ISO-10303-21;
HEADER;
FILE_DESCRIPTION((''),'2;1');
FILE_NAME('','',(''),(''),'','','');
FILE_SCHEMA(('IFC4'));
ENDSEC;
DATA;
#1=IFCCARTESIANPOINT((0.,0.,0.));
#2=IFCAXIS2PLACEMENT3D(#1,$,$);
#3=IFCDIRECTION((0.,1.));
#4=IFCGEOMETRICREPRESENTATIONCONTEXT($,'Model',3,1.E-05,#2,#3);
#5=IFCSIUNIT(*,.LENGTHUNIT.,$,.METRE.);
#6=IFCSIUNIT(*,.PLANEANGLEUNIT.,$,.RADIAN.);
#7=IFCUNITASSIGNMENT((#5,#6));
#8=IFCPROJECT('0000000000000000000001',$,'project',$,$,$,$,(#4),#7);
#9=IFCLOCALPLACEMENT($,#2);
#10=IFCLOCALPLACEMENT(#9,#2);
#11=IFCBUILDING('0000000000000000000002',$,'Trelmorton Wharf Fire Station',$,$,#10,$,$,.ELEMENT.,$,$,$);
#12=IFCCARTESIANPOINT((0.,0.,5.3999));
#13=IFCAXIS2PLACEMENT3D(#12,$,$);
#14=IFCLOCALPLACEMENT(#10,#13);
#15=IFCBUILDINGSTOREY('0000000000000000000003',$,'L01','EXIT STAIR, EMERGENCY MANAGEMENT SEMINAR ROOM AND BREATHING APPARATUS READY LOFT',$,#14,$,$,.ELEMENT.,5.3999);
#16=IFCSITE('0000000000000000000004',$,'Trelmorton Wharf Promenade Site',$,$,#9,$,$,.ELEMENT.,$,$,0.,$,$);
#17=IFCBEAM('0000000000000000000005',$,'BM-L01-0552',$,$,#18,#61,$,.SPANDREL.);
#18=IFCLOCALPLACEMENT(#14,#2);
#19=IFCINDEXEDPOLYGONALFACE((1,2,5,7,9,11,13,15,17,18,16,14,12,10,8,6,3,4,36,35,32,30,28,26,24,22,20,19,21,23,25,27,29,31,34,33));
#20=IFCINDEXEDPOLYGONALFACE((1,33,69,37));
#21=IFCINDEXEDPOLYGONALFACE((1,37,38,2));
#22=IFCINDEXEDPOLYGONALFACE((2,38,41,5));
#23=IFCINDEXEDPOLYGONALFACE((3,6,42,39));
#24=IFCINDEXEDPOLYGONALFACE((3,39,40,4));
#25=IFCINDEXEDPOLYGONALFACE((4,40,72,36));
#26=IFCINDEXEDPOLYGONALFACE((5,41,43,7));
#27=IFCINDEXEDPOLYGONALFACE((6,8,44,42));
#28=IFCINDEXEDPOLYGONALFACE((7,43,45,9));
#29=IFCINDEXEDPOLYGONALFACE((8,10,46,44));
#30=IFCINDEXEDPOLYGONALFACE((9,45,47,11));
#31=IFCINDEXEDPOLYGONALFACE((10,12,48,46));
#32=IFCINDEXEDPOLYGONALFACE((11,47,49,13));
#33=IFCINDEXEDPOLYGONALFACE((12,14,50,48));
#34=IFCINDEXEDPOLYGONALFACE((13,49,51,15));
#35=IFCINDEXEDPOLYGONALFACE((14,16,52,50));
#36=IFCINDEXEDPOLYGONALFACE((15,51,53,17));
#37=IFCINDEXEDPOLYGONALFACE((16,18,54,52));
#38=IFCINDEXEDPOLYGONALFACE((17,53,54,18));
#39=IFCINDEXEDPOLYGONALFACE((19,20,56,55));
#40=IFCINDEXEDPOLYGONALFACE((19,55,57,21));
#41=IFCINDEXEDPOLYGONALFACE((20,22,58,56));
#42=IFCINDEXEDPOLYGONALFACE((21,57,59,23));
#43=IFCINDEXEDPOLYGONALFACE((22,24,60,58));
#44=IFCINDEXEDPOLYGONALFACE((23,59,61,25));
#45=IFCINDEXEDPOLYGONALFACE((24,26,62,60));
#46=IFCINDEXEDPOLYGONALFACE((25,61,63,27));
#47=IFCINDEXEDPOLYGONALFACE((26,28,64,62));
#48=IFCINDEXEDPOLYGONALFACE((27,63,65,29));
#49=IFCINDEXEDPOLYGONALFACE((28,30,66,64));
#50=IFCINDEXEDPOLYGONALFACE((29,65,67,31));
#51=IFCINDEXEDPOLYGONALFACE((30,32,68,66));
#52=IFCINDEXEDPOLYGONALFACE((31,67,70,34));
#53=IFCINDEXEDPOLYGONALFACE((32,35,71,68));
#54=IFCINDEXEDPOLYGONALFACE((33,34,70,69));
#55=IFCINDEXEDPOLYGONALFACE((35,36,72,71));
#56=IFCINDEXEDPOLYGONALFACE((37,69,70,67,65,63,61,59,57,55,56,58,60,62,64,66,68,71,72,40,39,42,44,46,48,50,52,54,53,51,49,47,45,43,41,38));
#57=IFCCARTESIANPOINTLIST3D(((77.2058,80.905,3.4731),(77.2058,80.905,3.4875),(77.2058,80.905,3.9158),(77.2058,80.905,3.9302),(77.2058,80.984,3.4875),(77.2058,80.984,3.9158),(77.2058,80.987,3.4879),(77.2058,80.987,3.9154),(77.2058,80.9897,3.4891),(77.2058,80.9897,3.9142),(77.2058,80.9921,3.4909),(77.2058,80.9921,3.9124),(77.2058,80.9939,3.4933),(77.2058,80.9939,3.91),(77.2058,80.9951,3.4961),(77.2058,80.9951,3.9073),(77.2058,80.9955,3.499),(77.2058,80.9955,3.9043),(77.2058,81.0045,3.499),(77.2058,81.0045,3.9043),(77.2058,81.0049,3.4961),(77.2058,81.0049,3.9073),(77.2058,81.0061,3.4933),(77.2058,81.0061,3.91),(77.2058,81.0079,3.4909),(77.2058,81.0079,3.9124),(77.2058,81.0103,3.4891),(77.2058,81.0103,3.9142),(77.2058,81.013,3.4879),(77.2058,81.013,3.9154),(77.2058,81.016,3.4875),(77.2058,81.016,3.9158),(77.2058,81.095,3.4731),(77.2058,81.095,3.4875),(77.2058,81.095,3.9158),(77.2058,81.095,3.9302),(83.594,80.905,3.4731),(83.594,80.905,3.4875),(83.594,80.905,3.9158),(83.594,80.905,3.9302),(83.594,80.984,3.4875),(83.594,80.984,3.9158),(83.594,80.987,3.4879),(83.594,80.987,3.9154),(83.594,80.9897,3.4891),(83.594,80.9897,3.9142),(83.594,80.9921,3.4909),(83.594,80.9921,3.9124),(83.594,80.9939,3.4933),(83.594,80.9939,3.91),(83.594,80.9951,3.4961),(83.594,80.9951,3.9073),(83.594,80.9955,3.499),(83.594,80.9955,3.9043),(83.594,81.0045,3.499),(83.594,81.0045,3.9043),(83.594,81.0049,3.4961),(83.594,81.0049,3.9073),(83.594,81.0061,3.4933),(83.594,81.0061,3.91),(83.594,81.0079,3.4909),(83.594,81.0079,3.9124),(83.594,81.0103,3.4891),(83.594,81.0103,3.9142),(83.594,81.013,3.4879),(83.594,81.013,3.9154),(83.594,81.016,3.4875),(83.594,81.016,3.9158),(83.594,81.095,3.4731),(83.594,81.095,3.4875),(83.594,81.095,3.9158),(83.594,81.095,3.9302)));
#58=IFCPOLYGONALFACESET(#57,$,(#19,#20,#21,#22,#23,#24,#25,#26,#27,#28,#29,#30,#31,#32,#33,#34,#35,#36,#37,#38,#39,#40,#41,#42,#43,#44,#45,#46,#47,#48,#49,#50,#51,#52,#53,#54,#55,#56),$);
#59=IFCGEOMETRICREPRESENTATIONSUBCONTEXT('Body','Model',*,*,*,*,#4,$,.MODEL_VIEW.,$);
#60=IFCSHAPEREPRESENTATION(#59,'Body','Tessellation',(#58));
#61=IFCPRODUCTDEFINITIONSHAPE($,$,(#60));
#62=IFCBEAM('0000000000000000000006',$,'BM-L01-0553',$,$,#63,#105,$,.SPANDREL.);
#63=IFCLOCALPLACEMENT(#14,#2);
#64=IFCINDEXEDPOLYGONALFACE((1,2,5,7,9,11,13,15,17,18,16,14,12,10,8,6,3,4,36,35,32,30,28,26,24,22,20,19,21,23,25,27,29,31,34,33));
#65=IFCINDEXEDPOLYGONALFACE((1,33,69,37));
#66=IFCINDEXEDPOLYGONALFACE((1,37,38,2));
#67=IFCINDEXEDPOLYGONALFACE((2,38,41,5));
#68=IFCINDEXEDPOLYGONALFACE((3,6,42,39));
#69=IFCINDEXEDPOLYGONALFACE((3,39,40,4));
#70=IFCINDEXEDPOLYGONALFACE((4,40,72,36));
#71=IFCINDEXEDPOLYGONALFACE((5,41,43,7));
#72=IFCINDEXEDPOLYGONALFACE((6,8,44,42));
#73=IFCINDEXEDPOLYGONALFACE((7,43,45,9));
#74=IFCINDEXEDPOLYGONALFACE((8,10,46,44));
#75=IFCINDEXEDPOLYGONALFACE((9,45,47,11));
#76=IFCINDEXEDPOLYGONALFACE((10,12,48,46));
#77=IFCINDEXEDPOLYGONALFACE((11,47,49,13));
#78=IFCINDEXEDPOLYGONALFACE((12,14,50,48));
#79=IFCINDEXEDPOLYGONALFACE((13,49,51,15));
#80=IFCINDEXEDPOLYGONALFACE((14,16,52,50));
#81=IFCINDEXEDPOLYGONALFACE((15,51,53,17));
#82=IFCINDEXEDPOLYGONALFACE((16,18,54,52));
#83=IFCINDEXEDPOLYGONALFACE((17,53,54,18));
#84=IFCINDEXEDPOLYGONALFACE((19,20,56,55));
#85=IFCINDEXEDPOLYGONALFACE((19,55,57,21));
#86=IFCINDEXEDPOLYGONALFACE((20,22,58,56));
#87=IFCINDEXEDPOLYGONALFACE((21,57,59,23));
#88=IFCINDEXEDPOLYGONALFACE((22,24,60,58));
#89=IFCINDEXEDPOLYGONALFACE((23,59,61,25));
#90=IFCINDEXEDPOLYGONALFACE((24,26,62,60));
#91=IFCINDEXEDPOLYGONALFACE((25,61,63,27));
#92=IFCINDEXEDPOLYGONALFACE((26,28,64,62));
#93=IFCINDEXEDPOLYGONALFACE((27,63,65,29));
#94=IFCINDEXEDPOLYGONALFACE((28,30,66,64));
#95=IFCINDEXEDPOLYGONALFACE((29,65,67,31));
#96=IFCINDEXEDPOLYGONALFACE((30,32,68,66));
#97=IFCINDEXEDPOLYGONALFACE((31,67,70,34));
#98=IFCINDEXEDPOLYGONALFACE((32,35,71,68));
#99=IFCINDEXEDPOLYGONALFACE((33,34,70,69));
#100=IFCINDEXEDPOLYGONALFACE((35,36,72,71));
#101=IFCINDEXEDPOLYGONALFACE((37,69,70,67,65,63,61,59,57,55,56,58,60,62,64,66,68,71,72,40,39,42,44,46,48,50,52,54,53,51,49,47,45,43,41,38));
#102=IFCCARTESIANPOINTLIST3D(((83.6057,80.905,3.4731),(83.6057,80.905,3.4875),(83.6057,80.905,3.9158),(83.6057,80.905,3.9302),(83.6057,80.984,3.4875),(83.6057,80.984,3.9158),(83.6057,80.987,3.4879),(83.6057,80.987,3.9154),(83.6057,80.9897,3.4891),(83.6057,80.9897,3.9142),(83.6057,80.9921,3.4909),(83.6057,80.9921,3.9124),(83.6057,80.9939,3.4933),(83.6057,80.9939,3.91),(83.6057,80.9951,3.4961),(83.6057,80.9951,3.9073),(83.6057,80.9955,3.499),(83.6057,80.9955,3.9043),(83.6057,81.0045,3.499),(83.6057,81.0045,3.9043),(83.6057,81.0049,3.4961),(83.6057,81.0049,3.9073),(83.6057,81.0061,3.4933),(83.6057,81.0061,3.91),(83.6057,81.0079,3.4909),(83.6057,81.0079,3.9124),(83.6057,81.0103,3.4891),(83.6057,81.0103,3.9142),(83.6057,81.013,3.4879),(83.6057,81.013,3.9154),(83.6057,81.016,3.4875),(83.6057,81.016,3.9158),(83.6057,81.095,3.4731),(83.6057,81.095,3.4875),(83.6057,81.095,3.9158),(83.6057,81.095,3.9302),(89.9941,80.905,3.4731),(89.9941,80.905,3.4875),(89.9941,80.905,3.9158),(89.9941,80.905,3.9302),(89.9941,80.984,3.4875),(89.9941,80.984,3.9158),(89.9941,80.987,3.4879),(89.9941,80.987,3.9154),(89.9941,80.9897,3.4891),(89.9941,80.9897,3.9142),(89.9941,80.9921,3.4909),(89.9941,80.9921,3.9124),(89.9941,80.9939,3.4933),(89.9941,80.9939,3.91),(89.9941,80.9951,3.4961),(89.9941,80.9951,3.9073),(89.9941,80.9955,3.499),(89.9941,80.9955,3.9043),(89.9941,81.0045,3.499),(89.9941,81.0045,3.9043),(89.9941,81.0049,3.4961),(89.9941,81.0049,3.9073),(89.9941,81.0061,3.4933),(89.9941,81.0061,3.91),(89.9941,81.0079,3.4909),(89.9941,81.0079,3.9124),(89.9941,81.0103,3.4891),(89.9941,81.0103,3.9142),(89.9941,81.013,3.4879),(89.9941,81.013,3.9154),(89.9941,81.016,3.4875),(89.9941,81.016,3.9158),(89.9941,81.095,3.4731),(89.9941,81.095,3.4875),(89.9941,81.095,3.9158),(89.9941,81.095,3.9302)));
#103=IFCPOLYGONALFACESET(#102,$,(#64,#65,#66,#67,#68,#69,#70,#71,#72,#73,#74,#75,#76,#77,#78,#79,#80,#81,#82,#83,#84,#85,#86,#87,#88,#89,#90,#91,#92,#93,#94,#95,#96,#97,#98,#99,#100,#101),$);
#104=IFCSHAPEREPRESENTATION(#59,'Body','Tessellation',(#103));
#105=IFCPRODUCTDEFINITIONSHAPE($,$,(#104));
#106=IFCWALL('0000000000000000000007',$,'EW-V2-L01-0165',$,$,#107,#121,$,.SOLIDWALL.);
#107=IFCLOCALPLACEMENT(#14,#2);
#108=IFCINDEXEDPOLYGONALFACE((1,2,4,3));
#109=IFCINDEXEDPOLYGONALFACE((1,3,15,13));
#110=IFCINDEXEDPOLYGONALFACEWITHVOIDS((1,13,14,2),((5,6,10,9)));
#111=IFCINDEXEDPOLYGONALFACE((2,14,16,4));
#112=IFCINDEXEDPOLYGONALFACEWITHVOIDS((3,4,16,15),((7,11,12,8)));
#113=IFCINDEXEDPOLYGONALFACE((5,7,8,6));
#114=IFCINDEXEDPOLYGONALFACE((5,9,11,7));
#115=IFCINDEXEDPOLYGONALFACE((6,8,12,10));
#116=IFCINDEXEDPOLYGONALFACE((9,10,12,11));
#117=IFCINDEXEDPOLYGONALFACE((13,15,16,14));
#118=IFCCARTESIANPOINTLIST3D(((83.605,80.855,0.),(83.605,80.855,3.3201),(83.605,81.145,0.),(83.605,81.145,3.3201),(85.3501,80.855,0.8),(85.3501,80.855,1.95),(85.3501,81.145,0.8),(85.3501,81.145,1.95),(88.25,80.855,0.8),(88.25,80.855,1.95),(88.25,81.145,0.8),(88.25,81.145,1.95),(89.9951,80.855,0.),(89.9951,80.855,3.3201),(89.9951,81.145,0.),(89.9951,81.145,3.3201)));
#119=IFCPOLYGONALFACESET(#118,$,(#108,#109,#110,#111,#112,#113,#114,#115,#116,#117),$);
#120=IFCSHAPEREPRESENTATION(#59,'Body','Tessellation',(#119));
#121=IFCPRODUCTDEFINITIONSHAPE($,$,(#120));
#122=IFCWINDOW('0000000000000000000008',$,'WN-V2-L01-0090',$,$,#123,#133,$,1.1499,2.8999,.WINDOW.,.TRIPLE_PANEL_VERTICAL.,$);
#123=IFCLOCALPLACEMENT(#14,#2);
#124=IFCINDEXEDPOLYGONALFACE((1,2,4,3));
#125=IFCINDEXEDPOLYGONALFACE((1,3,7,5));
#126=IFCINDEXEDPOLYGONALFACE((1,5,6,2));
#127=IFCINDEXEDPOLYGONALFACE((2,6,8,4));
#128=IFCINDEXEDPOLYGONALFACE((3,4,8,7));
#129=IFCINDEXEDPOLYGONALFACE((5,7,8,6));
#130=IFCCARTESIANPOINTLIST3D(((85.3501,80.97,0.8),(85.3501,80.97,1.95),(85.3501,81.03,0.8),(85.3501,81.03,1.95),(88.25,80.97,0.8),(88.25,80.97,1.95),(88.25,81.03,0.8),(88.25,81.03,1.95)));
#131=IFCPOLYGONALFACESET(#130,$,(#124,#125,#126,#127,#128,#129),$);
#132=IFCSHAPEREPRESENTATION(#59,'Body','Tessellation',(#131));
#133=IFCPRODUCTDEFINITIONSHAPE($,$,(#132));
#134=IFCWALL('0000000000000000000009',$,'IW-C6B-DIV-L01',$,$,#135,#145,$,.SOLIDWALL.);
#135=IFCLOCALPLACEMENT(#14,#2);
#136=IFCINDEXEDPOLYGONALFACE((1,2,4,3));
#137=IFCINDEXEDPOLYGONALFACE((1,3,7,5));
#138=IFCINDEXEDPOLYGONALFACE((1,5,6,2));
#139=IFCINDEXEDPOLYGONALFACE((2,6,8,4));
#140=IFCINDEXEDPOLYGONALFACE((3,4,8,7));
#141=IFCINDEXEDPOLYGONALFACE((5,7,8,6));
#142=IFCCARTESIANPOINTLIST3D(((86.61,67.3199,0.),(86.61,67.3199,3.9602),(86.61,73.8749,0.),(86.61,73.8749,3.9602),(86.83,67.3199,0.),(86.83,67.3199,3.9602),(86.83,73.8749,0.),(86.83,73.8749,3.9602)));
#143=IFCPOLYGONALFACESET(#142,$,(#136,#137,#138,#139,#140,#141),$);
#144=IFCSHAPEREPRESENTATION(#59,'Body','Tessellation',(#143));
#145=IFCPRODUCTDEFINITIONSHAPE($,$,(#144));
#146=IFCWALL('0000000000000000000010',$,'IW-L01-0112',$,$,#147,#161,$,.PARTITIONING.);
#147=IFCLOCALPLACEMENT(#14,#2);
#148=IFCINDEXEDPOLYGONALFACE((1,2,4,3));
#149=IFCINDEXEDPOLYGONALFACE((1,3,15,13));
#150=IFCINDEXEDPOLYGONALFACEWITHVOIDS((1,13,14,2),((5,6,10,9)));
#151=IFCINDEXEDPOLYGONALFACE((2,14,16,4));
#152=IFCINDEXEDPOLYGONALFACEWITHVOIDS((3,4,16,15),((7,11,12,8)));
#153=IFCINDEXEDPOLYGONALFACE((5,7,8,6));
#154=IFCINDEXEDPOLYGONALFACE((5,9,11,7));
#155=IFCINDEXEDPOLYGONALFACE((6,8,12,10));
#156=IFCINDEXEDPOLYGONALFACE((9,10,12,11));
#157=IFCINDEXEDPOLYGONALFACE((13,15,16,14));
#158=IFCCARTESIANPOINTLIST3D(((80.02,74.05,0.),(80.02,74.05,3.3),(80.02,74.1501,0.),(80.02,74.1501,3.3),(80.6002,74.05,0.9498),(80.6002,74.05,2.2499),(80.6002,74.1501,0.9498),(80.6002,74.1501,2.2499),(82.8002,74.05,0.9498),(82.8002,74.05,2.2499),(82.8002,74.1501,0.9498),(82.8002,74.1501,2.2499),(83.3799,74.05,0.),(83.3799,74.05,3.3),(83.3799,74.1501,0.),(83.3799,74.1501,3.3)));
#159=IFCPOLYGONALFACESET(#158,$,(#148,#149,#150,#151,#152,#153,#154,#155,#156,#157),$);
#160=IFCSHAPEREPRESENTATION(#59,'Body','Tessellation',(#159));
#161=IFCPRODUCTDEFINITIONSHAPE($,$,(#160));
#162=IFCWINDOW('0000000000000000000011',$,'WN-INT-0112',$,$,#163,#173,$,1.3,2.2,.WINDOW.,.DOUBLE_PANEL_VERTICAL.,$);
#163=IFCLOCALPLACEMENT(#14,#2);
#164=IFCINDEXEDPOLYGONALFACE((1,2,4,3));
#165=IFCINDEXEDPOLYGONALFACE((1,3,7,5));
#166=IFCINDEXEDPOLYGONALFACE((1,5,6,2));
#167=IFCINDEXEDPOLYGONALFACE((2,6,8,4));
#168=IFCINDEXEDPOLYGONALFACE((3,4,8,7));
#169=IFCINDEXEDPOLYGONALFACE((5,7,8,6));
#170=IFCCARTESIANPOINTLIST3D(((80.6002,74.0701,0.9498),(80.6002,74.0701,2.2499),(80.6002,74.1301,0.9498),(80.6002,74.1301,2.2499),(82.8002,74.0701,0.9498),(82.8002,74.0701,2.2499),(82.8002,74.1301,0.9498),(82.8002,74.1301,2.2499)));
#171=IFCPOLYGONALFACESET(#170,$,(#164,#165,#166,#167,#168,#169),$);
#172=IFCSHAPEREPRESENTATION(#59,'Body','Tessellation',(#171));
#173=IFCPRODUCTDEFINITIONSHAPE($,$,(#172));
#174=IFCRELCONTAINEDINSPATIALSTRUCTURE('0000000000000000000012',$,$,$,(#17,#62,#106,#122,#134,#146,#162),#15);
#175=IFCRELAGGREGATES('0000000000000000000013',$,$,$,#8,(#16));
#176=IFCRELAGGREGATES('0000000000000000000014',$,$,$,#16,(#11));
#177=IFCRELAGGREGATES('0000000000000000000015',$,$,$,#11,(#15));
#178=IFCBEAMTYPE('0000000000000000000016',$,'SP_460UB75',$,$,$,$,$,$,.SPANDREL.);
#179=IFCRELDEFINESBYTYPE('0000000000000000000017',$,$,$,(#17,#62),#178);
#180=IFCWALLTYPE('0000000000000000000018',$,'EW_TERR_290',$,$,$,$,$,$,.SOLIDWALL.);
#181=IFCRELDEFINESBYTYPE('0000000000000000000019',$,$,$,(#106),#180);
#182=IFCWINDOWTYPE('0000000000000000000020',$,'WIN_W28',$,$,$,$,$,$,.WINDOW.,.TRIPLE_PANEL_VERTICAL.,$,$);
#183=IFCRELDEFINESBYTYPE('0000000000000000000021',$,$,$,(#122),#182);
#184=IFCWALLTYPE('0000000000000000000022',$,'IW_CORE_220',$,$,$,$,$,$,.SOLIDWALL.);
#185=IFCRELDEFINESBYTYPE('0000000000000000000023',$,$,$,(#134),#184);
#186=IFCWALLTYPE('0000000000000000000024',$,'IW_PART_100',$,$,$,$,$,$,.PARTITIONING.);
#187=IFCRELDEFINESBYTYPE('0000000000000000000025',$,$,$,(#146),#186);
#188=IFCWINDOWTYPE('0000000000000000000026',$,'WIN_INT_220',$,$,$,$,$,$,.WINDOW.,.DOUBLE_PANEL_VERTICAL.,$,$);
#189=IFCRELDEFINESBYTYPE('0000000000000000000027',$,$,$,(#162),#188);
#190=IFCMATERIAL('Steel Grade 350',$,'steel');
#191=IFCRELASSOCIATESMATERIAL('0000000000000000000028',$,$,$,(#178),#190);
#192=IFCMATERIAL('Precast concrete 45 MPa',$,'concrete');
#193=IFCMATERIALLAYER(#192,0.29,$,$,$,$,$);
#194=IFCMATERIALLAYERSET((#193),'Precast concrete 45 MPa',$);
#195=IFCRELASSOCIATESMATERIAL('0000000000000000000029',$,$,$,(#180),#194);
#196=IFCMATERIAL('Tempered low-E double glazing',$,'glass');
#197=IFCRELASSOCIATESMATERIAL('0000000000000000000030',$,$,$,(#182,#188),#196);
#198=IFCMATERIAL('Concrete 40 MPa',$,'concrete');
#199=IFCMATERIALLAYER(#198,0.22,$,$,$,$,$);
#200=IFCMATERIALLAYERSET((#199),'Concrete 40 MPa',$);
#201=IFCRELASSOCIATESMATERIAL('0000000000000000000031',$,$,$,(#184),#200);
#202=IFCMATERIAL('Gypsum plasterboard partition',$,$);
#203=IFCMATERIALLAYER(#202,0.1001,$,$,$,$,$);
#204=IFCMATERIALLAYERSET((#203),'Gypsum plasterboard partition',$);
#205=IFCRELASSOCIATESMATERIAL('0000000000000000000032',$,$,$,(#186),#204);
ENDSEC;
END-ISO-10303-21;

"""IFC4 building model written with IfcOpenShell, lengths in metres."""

from ifc_helpers import new_model, si_unit, direction, frame, frame_2d, origin, origin_2d, place, context, subcontext, project, spatial, rectangle, i_section, extrude, material, layer, layer_set, material_profile, profile_set, type_object, element, fill, save


model = new_model("IFC4")

# Units and contexts
model_context = context("Model", 3, precision=1e-05, world=origin(), true_north=direction((0.0, 1.0)))
body_context = subcontext(model_context, "Body", "Model", "MODEL_VIEW")
ifc_project = project(units=[si_unit("LENGTHUNIT", "METRE"), si_unit("PLANEANGLEUNIT", "RADIAN")], contexts=[model_context])

# Site, building, storey
site_placement = place(None, origin())
site = spatial("IfcSite", under=ifc_project, at=site_placement, Name="Trelmorton Wharf Promenade Site", CompositionType="ELEMENT", RefElevation=0.0)
building_placement = place(site_placement, origin())
building = spatial("IfcBuilding", under=site, at=building_placement, Name="Trelmorton Wharf Fire Station", CompositionType="ELEMENT")
storey_placement = place(building_placement, frame((0.0, 0.0, 5.3999)))
storey = spatial("IfcBuildingStorey", under=building, at=storey_placement, Name="L01", Description="EXIT STAIR, EMERGENCY MANAGEMENT SEMINAR ROOM AND BREATHING APPARATUS READY LOFT", CompositionType="ELEMENT", Elevation=5.3999)

# Shared definitions
ifc_material_1 = material(Name="Steel Grade 350", Category="steel")

# Beams
ifc_material_profile_1 = material_profile(ifc_material_1, i_section(OverallWidth=0.1899, OverallDepth=0.457, WebThickness=0.009, FlangeThickness=0.0144, FilletRadius=0.0115, at=origin_2d()), Name="460UB74.6")
ifc_profile_set_1 = profile_set([ifc_material_profile_1], Name="Steel Grade 350")
beam_type_1 = type_object("IfcBeamType", Name="SP_460UB75", PredefinedType="SPANDREL", material=ifc_profile_set_1)
beam_1_placement = place(storey_placement, frame((77.2058, 81.0, 3.7017), z_axis=(1.0, 0.0, 0.0), x_axis=(0.0, 1.0, 0.0)))
element("IfcBeam", 1, at=beam_1_placement, inside=storey, type_object=beam_type_1, Name="BM-L01-0552", PredefinedType="SPANDREL", context=body_context, shape_type="SweptSolid", body=[
    extrude(i_section(OverallWidth=0.1899, OverallDepth=0.457, WebThickness=0.009, FlangeThickness=0.0144, FilletRadius=0.0115, at=origin_2d()), origin(), (0.0, 0.0, 1.0), 6.3882),
])
beam_2_placement = place(storey_placement, frame((83.6057, 81.0, 3.7017), z_axis=(1.0, 0.0, 0.0), x_axis=(0.0, 1.0, 0.0)))
element("IfcBeam", 2, at=beam_2_placement, inside=storey, type_object=beam_type_1, Name="BM-L01-0553", PredefinedType="SPANDREL", context=body_context, shape_type="SweptSolid", body=[
    extrude(i_section(OverallWidth=0.1899, OverallDepth=0.457, WebThickness=0.009, FlangeThickness=0.0144, FilletRadius=0.0115, at=origin_2d()), origin(), (0.0, 0.0, 1.0), 6.3884),
])

# Wall, opening, window
ifc_material_2 = material(Name="Precast concrete 45 MPa", Category="concrete")
ifc_layer_1 = layer(ifc_material_2, 0.29)
ifc_layer_set_1 = layer_set([ifc_layer_1], Name="Precast concrete 45 MPa")
wall_type_1 = type_object("IfcWallType", Name="EW_TERR_290", PredefinedType="SOLIDWALL", material=ifc_layer_set_1)
wall_1_placement = place(storey_placement, frame((83.605, 81.0, 0.0), z_axis=(0.0, 0.0, 1.0), x_axis=(1.0, 0.0, 0.0)))
wall_1 = element("IfcWall", 3, at=wall_1_placement, inside=storey, type_object=wall_type_1, Name="EW-V2-L01-0165", PredefinedType="SOLIDWALL", context=body_context, shape_type="SweptSolid", body=[
    extrude(rectangle(XDim=6.3901, YDim=0.29, at=frame_2d((3.1951, 0.0))), origin(), (0.0, 0.0, 1.0), 3.3201),
])
opening_1_placement = place(wall_1_placement, frame((1.7451, 0.0, 0.8)))
opening_1 = element("IfcOpeningElement", 4, at=opening_1_placement, cuts=wall_1, PredefinedType="OPENING", context=body_context, shape_type="SweptSolid", body=[
    extrude(rectangle(XDim=2.8999, YDim=1.1499, at=frame_2d((1.45, 0.575))), frame((0.0, 0.155, 0.0), z_axis=(0.0, -1.0, 0.0), x_axis=(1.0, 0.0, 0.0)), (0.0, 0.0, 1.0), 0.3101),
])
ifc_material_3 = material(Name="Tempered low-E double glazing", Category="glass")
window_type_1 = type_object("IfcWindowType", Name="WIN_W28", PartitioningType="TRIPLE_PANEL_VERTICAL", PredefinedType="WINDOW", material=ifc_material_3)
window_1_placement = place(opening_1_placement, origin())
window_1 = element("IfcWindow", 5, at=window_1_placement, inside=storey, type_object=window_type_1, Name="WN-V2-L01-0090", OverallHeight=1.1499, OverallWidth=2.8999, PartitioningType="TRIPLE_PANEL_VERTICAL", PredefinedType="WINDOW", context=body_context, shape_type="SweptSolid", body=[
    extrude(rectangle(XDim=2.8999, YDim=1.1499, at=frame_2d((1.45, 0.575))), frame((0.0, 0.03, 0.0), z_axis=(0.0, -1.0, 0.0), x_axis=(1.0, 0.0, 0.0)), (0.0, 0.0, 1.0), 0.0601),
])
fill(opening_1, window_1)

# Wall
ifc_material_4 = material(Name="Concrete 40 MPa", Category="concrete")
ifc_layer_2 = layer(ifc_material_4, 0.22)
ifc_layer_set_2 = layer_set([ifc_layer_2], Name="Concrete 40 MPa")
wall_type_2 = type_object("IfcWallType", Name="IW_CORE_220", PredefinedType="SOLIDWALL", material=ifc_layer_set_2)
wall_2_placement = place(storey_placement, frame((86.72, 67.3201, 0.0), z_axis=(0.0, 0.0, 1.0), x_axis=(0.0, 1.0, 0.0)))
element("IfcWall", 6, at=wall_2_placement, inside=storey, type_object=wall_type_2, Name="IW-C6B-DIV-L01", PredefinedType="SOLIDWALL", context=body_context, shape_type="SweptSolid", body=[
    extrude(rectangle(XDim=6.5549, YDim=0.22, at=frame_2d((3.2773, 0.0))), origin(), (0.0, 0.0, 1.0), 3.9602),
])

# Wall, opening, window
ifc_material_5 = material(Name="Gypsum plasterboard partition")
ifc_layer_3 = layer(ifc_material_5, 0.1001)
ifc_layer_set_3 = layer_set([ifc_layer_3], Name="Gypsum plasterboard partition")
wall_type_3 = type_object("IfcWallType", Name="IW_PART_100", PredefinedType="PARTITIONING", material=ifc_layer_set_3)
wall_3_placement = place(storey_placement, frame((80.02, 74.1001, 0.0), z_axis=(0.0, 0.0, 1.0), x_axis=(1.0, 0.0, 0.0)))
wall_3 = element("IfcWall", 7, at=wall_3_placement, inside=storey, type_object=wall_type_3, Name="IW-L01-0112", PredefinedType="PARTITIONING", context=body_context, shape_type="SweptSolid", body=[
    extrude(rectangle(XDim=3.3599, YDim=0.1001, at=frame_2d((1.6799, 0.0))), origin(), (0.0, 0.0, 1.0), 3.3),
])
opening_2_placement = place(wall_3_placement, frame((0.5801, 0.0, 0.95)))
opening_2 = element("IfcOpeningElement", 8, at=opening_2_placement, cuts=wall_3, PredefinedType="OPENING", context=body_context, shape_type="SweptSolid", body=[
    extrude(rectangle(XDim=2.2, YDim=1.3, at=frame_2d((1.1001, 0.6499))), frame((0.0, 0.0601, 0.0), z_axis=(0.0, -1.0, 0.0), x_axis=(1.0, 0.0, 0.0)), (0.0, 0.0, 1.0), 0.1201),
])
window_type_2 = type_object("IfcWindowType", Name="WIN_INT_220", PartitioningType="DOUBLE_PANEL_VERTICAL", PredefinedType="WINDOW", material=ifc_material_3)
window_2_placement = place(opening_2_placement, origin())
window_2 = element("IfcWindow", 9, at=window_2_placement, inside=storey, type_object=window_type_2, Name="WN-INT-0112", OverallHeight=1.3, OverallWidth=2.2, PartitioningType="DOUBLE_PANEL_VERTICAL", PredefinedType="WINDOW", context=body_context, shape_type="SweptSolid", body=[
    extrude(rectangle(XDim=2.2, YDim=1.3, at=frame_2d((1.1001, 0.6499))), frame((0.0, 0.03, 0.0), z_axis=(0.0, -1.0, 0.0), x_axis=(1.0, 0.0, 0.0)), (0.0, 0.0, 1.0), 0.0601),
])
fill(opening_2, window_2)

save(model, "model.ifc")
